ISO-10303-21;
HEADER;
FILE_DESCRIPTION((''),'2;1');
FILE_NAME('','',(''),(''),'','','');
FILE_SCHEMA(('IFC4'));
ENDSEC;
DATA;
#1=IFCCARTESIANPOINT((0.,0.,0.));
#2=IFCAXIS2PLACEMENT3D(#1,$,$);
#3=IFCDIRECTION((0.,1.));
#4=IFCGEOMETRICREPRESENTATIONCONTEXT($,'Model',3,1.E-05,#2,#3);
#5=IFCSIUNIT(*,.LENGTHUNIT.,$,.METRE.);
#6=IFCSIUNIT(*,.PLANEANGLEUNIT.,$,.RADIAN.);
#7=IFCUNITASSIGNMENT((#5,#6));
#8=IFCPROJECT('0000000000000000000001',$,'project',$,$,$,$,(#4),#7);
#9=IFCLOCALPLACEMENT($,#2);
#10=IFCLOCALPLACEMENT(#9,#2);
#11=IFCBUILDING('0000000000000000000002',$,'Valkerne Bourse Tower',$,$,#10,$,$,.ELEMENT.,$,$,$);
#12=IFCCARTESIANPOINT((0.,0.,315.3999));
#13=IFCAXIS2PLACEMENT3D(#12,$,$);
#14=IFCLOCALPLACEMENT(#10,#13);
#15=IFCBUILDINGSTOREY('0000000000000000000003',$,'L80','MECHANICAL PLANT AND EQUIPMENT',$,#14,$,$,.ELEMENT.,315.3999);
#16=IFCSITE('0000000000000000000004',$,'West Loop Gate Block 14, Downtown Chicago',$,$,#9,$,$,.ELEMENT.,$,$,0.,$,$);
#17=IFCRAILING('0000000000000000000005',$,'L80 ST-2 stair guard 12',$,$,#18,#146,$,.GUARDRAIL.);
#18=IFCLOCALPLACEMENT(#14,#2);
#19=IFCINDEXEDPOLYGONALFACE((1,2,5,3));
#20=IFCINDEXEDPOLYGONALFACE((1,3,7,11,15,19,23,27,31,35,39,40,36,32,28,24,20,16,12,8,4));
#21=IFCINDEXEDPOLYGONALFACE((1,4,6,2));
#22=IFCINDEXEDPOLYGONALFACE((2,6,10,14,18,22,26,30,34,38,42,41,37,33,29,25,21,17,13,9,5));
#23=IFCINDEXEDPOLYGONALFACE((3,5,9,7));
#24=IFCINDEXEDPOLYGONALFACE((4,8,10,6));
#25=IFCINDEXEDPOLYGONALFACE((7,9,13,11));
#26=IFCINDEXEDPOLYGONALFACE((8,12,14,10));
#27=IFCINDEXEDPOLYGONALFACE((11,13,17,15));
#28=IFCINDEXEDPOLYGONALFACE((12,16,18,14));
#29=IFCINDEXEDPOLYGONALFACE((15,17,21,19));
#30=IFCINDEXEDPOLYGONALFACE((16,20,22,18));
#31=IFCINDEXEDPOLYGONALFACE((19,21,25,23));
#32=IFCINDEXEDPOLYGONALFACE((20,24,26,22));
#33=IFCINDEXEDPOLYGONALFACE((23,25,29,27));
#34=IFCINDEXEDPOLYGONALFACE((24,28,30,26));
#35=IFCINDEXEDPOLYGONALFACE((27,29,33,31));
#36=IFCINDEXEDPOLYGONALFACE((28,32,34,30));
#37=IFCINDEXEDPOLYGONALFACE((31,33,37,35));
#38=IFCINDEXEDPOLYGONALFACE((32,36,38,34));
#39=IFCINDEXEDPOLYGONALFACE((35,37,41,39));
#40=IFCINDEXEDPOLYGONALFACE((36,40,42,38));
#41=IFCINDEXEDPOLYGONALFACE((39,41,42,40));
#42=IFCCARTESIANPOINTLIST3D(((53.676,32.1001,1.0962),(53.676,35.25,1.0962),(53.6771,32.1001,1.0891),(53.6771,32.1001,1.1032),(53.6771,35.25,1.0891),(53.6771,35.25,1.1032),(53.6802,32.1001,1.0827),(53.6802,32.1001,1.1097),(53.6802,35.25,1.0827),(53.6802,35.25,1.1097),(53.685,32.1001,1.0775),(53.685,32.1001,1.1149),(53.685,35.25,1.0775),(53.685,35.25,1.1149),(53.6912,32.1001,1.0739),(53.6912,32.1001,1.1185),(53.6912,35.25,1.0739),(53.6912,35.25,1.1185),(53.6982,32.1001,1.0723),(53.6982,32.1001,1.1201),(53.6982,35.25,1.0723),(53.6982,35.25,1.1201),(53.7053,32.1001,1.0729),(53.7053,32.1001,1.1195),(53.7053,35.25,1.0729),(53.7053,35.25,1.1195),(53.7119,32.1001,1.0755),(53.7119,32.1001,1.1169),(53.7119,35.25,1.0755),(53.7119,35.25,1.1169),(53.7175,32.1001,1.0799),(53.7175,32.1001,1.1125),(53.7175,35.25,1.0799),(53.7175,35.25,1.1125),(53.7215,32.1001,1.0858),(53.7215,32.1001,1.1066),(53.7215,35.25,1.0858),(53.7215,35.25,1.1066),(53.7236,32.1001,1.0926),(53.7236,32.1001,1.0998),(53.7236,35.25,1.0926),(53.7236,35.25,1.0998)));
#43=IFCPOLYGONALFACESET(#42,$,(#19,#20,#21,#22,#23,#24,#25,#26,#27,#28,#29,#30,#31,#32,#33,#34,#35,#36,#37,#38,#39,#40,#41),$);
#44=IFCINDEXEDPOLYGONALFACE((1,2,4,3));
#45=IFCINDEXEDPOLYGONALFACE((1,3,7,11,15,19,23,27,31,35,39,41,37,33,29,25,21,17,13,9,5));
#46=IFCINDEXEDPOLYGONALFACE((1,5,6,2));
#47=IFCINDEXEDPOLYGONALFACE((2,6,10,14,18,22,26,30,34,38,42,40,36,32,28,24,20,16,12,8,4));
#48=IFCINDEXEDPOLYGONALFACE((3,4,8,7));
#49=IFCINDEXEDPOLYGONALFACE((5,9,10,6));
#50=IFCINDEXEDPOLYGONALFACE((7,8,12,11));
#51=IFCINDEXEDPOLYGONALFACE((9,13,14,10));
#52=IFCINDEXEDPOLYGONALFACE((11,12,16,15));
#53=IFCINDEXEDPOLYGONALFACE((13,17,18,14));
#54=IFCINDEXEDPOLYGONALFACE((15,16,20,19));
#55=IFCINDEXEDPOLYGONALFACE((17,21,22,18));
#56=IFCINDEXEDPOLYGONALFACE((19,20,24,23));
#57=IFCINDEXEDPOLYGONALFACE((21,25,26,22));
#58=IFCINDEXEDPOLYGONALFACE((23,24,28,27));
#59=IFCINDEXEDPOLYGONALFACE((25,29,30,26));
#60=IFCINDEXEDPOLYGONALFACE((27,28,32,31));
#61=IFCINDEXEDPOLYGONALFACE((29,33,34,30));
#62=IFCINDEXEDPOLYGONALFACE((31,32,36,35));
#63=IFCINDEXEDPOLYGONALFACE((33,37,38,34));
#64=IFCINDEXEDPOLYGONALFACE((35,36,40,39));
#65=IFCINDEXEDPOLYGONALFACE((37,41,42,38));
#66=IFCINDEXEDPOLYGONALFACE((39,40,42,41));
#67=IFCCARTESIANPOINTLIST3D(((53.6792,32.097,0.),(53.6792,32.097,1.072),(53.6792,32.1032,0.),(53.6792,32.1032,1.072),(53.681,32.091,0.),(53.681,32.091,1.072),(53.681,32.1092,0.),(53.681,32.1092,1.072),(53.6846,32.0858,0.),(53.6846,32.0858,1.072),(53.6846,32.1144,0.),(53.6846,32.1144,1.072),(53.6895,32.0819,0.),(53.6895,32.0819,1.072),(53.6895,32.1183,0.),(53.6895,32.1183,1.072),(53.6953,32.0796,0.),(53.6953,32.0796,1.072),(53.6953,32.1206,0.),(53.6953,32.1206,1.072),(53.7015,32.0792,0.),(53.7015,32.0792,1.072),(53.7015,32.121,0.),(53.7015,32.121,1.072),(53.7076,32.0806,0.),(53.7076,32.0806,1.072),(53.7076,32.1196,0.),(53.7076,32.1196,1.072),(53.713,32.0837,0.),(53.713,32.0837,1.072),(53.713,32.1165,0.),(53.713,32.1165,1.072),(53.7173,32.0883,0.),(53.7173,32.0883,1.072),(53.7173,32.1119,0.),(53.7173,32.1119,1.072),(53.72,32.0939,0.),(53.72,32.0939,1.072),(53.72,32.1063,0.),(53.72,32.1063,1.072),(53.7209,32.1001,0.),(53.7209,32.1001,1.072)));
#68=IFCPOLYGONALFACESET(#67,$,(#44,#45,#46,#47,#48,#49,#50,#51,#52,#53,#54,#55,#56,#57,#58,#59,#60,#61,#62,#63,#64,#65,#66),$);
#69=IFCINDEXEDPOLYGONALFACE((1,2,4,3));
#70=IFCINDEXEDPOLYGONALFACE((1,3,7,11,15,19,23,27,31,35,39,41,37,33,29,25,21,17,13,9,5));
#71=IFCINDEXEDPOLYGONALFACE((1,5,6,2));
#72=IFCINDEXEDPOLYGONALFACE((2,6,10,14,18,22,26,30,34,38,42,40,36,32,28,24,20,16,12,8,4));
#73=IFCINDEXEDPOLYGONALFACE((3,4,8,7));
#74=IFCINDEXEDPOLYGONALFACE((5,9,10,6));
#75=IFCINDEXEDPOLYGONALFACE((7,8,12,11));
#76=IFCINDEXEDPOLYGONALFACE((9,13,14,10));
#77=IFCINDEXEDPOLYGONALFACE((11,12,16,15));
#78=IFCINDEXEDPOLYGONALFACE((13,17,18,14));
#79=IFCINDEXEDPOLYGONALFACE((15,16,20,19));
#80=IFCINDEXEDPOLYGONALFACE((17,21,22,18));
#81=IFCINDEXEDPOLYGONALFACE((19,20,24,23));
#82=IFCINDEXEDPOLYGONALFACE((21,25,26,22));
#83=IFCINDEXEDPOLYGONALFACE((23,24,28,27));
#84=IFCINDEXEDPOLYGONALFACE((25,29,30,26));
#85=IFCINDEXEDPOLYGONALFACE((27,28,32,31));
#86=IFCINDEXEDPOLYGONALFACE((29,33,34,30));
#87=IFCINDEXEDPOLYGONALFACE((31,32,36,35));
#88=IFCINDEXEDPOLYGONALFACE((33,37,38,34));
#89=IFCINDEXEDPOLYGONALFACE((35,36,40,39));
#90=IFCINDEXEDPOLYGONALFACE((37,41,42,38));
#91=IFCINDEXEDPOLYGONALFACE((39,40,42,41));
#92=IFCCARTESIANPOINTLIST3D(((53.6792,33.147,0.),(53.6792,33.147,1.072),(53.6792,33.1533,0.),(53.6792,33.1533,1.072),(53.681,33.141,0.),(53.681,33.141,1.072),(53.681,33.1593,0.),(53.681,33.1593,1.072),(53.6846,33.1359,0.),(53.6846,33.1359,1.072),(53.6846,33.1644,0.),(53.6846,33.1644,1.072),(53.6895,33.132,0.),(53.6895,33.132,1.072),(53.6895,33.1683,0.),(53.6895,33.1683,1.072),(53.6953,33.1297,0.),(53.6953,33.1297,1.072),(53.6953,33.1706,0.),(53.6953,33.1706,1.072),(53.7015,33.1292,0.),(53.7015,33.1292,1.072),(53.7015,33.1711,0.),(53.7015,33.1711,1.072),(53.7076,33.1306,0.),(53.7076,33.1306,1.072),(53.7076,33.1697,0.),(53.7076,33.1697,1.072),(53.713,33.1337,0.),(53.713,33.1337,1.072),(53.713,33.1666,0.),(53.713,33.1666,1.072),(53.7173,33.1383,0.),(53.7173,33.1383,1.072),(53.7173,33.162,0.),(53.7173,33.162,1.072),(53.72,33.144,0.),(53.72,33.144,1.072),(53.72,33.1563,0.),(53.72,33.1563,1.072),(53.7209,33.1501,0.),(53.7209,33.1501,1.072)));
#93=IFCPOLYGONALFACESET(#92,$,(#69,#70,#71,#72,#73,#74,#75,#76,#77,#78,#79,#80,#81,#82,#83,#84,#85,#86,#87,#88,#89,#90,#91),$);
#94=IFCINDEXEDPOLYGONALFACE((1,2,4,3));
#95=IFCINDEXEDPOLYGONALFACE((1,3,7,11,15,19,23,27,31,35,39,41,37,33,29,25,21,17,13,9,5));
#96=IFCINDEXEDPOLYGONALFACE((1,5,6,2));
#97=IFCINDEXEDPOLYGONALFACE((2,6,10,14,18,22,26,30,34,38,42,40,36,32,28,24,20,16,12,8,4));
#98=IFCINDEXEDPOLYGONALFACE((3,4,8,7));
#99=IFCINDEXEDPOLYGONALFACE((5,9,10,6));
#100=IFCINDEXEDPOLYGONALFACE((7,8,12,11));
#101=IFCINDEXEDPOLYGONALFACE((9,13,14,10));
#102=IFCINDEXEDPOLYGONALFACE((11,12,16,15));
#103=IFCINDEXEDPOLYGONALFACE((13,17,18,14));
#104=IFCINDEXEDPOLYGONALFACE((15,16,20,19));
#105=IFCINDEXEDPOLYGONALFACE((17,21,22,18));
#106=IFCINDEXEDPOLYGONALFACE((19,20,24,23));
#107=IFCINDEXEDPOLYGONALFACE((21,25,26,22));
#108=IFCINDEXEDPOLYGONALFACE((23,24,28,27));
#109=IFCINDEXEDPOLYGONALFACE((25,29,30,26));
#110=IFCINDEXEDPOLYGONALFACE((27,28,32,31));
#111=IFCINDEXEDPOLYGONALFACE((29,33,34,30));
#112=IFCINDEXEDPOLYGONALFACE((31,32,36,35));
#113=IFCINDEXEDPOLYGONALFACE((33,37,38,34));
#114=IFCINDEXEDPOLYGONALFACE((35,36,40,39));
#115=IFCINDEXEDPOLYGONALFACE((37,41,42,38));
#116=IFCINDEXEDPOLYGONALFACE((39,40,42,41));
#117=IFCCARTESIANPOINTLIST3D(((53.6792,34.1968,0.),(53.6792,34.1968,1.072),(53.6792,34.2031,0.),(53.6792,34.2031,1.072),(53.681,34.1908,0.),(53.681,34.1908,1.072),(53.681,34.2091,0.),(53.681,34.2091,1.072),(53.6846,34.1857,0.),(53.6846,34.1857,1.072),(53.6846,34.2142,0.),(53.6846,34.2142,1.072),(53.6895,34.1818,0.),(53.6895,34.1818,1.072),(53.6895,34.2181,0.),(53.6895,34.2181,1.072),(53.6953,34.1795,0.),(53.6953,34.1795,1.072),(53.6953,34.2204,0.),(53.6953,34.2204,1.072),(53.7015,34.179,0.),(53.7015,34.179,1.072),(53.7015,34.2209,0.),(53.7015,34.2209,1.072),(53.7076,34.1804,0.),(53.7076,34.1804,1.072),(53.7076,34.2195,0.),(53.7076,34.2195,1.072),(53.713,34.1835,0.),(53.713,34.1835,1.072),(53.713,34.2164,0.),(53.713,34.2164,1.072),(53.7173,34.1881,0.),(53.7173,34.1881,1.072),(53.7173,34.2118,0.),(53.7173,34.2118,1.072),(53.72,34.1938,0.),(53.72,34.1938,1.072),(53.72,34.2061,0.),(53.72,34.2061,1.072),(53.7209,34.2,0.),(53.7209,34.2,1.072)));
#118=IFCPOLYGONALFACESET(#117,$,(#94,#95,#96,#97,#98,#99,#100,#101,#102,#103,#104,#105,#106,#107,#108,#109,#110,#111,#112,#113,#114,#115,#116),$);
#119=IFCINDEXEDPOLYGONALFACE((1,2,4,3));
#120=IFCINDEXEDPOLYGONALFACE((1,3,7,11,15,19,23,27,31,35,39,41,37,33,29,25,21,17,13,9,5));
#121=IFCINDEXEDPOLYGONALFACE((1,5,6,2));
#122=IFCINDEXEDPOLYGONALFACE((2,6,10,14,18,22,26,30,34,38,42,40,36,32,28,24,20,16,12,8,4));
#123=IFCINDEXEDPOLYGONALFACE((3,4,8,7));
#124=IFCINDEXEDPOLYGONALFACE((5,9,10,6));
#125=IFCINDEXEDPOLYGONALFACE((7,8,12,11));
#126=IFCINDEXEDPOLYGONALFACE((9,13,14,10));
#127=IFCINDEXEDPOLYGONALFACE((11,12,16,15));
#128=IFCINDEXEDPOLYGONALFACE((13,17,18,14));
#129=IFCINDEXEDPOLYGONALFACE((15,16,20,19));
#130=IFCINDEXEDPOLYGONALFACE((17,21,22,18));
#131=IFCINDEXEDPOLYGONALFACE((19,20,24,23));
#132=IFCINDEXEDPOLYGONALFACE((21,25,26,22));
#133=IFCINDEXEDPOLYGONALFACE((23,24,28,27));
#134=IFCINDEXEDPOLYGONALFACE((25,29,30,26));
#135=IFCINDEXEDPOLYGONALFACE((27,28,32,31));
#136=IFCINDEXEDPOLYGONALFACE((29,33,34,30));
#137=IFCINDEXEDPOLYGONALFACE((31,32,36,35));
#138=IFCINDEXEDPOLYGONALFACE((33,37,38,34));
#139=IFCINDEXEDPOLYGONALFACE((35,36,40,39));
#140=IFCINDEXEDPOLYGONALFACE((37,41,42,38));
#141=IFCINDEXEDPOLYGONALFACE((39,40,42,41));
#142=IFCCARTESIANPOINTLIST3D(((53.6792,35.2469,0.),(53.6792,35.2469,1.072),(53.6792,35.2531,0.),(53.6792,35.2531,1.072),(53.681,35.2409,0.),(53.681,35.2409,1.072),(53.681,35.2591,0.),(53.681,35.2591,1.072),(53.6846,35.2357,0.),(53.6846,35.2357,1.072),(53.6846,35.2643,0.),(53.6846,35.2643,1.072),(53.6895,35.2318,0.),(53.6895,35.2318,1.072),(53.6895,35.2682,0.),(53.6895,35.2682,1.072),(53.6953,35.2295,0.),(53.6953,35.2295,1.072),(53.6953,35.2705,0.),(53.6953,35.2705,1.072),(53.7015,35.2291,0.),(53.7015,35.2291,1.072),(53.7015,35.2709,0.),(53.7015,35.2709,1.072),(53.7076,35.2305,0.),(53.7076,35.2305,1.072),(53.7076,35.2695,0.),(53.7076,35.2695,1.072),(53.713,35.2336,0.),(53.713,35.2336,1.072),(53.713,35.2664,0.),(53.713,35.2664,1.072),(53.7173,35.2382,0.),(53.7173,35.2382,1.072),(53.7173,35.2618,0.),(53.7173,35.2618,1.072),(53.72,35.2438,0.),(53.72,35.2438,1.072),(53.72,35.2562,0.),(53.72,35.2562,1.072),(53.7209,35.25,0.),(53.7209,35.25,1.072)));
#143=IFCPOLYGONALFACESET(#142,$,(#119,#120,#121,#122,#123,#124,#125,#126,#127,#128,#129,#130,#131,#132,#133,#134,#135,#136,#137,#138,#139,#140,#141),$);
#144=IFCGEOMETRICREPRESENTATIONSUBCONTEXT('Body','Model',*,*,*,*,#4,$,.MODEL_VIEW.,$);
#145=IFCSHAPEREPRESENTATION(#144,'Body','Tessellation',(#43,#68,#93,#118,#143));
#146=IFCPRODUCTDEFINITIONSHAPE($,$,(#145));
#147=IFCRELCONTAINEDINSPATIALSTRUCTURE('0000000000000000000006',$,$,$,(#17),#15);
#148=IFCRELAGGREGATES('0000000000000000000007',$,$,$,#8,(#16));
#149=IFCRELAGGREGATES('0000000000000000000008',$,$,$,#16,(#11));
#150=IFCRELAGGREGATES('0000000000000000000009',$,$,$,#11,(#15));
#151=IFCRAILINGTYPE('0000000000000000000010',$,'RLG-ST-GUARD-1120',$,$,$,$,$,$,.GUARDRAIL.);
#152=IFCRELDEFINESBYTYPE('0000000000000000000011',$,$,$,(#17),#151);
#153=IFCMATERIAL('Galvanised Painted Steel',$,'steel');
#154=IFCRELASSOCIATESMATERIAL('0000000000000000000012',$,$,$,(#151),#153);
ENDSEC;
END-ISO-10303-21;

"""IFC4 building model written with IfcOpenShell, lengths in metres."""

from ifc_helpers import new_model, si_unit, direction, frame, origin, origin_2d, place, context, subcontext, project, spatial, circle, extrude, material, type_object, element, save


model = new_model("IFC4")

# Units and contexts
model_context = context("Model", 3, precision=1e-05, world=origin(), true_north=direction((0.0, 1.0)))
body_context = subcontext(model_context, "Body", "Model", "MODEL_VIEW")
ifc_project = project(units=[si_unit("LENGTHUNIT", "METRE"), si_unit("PLANEANGLEUNIT", "RADIAN")], contexts=[model_context])

# Site, building, storey
site_placement = place(None, origin())
site = spatial("IfcSite", under=ifc_project, at=site_placement, Name="West Loop Gate Block 14, Downtown Chicago", CompositionType="ELEMENT", RefElevation=0.0)
building_placement = place(site_placement, origin())
building = spatial("IfcBuilding", under=site, at=building_placement, Name="Valkerne Bourse Tower", CompositionType="ELEMENT")
storey_placement = place(building_placement, frame((0.0, 0.0, 315.3999)))
storey = spatial("IfcBuildingStorey", under=building, at=storey_placement, Name="L80", Description="MECHANICAL PLANT AND EQUIPMENT", CompositionType="ELEMENT", Elevation=315.3999)

# Railing
ifc_material_1 = material(Name="Galvanised Painted Steel", Category="steel")
railing_type_1 = type_object("IfcRailingType", Name="RLG-ST-GUARD-1120", PredefinedType="GUARDRAIL", material=ifc_material_1)
railing_1_placement = place(storey_placement, frame((53.7, 32.1001, 0.0)))
element("IfcRailing", 1, at=railing_1_placement, inside=storey, type_object=railing_type_1, Name="L80 ST-2 stair guard 12", PredefinedType="GUARDRAIL", context=body_context, shape_type="SweptSolid", body=[
    extrude(circle(Radius=0.0239, at=origin_2d()), frame((0.0, 0.0, 1.0962), z_axis=(0.0, 1.0, 0.0), x_axis=(-1.0, 0.0, 0.0)), (0.0, 0.0, 1.0), 3.1499),
    extrude(circle(Radius=0.021, at=origin_2d()), origin(), (0.0, 0.0, 1.0), 1.072),
    extrude(circle(Radius=0.021, at=origin_2d()), frame((0.0, 1.05, 0.0)), (0.0, 0.0, 1.0), 1.072),
    extrude(circle(Radius=0.021, at=origin_2d()), frame((0.0, 2.0999, 0.0)), (0.0, 0.0, 1.0), 1.072),
    extrude(circle(Radius=0.021, at=origin_2d()), frame((0.0, 3.1499, 0.0)), (0.0, 0.0, 1.0), 1.072),
])

save(model, "model.ifc")
